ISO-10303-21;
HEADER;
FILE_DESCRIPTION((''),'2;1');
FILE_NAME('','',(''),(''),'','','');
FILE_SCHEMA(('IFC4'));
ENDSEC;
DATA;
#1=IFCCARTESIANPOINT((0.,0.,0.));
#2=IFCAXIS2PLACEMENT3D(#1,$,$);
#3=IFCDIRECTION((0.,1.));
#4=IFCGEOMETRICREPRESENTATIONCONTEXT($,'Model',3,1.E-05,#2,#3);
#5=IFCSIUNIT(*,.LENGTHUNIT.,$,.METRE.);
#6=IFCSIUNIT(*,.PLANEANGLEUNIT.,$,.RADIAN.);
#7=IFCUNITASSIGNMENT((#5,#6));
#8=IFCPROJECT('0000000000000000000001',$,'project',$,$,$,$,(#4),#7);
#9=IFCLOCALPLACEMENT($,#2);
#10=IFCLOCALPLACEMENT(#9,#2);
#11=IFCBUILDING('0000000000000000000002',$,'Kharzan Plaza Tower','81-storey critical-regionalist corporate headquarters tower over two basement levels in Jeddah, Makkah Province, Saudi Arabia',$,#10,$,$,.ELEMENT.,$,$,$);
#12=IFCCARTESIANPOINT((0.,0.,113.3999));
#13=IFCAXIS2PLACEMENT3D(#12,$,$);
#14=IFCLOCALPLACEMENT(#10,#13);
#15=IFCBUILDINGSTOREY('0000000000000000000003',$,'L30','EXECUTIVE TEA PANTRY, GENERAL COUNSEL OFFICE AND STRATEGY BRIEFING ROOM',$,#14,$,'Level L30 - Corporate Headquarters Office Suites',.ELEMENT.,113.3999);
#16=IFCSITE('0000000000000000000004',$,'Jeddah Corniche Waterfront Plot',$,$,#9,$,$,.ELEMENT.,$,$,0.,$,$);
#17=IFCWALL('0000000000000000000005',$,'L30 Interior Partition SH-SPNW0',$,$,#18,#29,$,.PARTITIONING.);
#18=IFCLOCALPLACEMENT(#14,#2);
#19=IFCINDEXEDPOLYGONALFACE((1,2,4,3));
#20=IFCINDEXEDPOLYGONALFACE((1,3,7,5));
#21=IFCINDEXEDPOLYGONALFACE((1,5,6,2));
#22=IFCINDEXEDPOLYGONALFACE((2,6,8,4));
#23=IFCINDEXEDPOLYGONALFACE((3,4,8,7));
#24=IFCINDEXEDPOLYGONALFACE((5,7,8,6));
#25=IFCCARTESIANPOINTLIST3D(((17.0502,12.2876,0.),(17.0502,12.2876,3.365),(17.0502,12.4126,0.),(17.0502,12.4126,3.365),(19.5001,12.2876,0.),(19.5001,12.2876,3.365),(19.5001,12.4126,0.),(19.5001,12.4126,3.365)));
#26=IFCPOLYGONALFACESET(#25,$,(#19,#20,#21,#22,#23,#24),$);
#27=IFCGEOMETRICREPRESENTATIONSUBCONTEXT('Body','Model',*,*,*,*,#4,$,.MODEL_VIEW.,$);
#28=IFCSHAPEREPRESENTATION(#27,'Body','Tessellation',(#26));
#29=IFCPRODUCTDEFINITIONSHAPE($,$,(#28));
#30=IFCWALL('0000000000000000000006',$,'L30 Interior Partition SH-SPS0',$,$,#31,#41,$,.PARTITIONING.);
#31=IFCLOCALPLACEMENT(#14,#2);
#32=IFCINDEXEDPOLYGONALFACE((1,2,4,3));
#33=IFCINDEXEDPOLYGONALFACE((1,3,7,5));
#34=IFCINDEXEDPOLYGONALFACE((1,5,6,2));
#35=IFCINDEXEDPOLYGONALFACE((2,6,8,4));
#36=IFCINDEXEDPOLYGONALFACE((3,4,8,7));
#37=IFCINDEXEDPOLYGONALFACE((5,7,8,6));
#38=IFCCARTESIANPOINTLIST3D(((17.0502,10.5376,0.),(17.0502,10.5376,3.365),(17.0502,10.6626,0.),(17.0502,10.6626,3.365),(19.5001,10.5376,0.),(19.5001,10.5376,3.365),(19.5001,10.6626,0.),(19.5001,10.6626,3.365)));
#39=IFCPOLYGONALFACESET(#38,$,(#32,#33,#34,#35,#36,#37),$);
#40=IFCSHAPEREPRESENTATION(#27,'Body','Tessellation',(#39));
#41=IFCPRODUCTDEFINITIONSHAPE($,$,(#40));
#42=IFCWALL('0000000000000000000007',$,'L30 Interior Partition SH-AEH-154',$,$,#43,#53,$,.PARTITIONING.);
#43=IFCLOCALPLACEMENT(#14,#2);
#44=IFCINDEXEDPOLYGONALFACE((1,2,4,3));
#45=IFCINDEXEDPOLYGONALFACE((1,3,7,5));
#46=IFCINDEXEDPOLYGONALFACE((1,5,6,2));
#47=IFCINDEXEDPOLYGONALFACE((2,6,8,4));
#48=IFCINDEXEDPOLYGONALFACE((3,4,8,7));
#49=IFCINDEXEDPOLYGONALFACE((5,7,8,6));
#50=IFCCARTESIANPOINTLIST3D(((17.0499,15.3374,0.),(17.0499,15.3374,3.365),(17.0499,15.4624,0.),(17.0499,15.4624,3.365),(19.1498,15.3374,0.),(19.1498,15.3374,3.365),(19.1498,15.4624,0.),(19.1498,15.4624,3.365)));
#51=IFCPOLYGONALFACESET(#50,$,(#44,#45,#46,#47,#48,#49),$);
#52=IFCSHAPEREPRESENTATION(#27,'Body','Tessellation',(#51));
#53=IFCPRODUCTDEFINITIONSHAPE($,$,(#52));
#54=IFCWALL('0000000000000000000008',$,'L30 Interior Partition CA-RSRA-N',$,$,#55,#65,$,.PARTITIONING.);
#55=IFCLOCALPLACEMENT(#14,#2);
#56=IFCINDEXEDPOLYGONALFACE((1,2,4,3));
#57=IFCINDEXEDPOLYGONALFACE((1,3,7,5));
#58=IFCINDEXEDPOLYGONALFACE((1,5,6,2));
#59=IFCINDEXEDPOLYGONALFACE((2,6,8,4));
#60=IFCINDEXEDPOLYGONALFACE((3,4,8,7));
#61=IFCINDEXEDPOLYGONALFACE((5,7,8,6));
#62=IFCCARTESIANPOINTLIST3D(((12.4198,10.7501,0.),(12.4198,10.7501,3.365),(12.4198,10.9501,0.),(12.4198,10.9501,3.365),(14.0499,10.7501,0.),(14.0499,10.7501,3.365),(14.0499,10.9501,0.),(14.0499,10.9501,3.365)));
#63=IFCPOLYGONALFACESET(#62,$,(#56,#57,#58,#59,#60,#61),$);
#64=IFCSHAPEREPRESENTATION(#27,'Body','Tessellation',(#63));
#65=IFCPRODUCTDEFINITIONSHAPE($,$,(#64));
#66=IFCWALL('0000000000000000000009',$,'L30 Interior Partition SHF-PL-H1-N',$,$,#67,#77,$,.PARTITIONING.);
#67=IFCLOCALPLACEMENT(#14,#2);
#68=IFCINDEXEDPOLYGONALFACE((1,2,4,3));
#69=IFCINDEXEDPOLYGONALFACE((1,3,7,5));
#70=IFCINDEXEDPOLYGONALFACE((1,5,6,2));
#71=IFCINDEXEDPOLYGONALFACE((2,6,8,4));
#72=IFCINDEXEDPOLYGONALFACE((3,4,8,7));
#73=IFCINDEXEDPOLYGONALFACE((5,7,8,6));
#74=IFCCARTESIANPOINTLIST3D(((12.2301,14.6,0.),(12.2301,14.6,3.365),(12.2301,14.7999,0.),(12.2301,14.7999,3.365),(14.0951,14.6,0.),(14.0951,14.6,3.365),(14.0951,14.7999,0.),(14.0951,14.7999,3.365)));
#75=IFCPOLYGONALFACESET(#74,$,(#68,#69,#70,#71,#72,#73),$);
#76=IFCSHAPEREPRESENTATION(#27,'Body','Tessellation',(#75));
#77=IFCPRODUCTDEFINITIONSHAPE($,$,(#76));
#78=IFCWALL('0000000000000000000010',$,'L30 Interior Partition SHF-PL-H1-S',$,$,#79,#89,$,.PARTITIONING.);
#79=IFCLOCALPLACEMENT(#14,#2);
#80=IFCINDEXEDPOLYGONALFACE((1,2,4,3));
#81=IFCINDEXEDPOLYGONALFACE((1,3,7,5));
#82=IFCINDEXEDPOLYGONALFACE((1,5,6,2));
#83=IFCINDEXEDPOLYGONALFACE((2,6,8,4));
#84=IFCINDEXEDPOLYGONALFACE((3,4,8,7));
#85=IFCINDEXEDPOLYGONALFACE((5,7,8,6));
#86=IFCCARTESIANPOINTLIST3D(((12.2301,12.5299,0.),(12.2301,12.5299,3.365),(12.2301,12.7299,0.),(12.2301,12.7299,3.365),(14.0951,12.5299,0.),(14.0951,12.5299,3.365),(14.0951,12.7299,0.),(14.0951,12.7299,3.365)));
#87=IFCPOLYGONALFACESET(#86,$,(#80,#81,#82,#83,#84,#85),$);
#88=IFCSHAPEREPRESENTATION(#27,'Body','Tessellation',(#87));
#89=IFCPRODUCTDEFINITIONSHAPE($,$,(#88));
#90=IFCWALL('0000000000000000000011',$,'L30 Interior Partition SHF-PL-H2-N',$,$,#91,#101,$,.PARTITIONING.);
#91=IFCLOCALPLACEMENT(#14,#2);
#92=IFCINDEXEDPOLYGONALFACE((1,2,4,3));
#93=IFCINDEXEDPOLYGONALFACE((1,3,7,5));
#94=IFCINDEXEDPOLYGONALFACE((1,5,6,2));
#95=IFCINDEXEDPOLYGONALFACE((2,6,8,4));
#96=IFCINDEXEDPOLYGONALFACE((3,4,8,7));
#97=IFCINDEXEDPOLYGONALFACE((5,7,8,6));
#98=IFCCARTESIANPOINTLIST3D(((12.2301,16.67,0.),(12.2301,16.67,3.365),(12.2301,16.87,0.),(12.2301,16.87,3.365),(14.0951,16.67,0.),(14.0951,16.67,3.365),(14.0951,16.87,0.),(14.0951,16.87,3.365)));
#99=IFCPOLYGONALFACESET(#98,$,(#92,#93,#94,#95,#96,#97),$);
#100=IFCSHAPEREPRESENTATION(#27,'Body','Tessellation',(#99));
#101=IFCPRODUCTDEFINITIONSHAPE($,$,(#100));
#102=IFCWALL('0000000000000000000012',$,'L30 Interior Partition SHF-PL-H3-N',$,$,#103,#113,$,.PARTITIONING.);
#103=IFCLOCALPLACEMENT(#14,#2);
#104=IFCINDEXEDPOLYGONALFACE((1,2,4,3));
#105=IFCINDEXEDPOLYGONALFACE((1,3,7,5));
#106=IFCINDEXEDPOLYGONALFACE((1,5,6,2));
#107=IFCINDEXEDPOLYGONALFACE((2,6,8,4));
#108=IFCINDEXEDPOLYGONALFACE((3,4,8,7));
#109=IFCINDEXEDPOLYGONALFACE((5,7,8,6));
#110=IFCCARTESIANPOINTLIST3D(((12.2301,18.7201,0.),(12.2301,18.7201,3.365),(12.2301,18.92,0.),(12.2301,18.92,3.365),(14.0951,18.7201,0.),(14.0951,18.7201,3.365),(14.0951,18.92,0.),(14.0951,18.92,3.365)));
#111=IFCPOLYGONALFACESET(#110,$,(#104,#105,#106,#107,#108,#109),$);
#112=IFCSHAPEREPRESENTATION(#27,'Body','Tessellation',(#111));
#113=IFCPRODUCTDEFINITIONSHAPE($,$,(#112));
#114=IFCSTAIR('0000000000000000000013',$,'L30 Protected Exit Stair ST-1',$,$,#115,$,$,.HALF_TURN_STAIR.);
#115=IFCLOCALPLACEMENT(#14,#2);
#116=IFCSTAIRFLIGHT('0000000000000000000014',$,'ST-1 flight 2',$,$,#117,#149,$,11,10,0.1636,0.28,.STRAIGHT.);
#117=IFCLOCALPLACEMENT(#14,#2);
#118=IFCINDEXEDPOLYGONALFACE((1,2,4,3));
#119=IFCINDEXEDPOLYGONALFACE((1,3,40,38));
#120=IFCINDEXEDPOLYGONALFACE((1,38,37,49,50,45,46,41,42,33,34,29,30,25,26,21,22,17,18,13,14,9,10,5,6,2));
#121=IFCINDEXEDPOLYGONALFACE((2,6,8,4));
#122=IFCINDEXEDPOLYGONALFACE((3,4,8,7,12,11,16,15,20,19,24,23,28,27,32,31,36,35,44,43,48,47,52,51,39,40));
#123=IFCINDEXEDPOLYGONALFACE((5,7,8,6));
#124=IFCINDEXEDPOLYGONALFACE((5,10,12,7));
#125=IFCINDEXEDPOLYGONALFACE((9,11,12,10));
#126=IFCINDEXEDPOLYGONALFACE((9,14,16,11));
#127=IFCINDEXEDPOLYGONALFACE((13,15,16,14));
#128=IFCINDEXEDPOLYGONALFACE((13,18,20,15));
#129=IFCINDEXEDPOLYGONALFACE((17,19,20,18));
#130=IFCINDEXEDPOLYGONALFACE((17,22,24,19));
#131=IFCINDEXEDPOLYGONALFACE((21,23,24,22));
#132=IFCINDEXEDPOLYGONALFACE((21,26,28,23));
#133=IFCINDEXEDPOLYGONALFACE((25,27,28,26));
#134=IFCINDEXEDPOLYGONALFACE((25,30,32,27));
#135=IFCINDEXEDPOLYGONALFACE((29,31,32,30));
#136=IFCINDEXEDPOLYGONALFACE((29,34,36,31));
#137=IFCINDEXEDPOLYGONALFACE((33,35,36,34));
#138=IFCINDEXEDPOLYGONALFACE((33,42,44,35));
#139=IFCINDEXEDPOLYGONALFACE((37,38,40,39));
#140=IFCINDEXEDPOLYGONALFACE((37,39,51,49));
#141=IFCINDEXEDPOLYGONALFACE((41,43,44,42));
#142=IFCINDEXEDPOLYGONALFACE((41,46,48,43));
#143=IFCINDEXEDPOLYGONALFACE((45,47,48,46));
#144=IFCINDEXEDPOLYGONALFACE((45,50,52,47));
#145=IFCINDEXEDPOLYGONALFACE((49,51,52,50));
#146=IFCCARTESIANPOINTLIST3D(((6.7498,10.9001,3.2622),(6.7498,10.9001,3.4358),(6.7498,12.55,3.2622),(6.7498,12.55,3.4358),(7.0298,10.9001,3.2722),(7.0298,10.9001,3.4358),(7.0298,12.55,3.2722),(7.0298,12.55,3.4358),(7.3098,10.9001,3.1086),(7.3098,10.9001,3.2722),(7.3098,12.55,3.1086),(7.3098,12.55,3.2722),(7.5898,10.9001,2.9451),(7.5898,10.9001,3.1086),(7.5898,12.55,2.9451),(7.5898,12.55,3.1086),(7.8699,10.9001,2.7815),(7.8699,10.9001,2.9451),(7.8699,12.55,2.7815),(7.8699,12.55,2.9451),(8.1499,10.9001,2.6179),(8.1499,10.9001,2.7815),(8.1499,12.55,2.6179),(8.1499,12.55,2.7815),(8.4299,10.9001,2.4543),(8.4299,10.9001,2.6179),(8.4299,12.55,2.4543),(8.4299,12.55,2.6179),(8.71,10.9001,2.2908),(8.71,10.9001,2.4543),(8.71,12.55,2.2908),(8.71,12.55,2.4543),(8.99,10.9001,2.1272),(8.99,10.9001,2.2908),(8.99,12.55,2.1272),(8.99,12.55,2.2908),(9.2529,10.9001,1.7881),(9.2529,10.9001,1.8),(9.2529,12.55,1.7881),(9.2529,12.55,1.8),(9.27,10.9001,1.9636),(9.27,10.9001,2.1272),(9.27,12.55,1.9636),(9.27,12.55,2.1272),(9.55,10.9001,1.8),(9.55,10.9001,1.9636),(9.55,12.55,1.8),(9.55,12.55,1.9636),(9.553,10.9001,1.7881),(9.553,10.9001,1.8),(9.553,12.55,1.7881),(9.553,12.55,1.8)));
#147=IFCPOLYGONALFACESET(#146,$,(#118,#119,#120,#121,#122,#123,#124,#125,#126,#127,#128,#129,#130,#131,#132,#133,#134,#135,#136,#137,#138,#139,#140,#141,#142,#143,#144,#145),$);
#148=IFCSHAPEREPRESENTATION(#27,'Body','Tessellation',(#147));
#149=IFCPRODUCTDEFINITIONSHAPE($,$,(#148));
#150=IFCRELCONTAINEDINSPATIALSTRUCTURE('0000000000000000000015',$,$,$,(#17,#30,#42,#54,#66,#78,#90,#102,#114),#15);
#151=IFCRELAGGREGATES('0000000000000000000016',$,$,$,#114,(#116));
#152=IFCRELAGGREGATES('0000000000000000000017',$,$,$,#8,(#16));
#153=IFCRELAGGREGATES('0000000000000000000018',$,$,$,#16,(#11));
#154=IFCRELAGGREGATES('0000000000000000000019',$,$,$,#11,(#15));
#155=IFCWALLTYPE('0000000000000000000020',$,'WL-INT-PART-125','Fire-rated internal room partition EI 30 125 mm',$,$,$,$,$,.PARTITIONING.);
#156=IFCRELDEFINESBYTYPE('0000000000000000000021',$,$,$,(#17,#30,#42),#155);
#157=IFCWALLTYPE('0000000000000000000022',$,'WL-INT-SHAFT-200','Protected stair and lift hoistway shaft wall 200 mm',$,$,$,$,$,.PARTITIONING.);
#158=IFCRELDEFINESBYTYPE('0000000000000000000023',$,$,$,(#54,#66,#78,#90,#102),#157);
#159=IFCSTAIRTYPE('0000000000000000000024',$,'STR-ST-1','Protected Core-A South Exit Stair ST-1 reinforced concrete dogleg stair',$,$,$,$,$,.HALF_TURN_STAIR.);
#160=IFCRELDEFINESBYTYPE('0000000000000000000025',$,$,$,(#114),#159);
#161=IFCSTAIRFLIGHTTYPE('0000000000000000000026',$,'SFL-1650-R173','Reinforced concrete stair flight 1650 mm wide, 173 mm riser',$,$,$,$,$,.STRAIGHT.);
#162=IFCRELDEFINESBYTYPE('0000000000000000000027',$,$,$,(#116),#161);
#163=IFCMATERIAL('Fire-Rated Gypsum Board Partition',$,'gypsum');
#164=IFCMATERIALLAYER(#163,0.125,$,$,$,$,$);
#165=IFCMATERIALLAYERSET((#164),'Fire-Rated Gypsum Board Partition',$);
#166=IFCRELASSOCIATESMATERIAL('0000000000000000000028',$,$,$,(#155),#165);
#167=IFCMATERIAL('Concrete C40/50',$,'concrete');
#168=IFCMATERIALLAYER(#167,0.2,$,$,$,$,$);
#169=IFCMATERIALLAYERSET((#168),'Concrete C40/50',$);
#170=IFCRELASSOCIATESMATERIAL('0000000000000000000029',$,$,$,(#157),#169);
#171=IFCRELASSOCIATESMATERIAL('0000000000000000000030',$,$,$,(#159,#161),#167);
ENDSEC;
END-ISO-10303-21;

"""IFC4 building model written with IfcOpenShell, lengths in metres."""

from ifc_helpers import new_model, si_unit, direction, frame, frame_2d, origin, place, context, subcontext, project, spatial, polyline, rectangle, outline, extrude, source, transform, mapped, material, layer, layer_set, type_object, element, aggregate, save


model = new_model("IFC4")

# Units and contexts
model_context = context("Model", 3, precision=1e-05, world=origin(), true_north=direction((0.0, 1.0)))
body_context = subcontext(model_context, "Body", "Model", "MODEL_VIEW")
ifc_project = project(units=[si_unit("LENGTHUNIT", "METRE"), si_unit("PLANEANGLEUNIT", "RADIAN")], contexts=[model_context])

# Site, building, storey
site_placement = place(None, origin())
site = spatial("IfcSite", under=ifc_project, at=site_placement, Name="Jeddah Corniche Waterfront Plot", CompositionType="ELEMENT", RefElevation=0.0)
building_placement = place(site_placement, origin())
building = spatial("IfcBuilding", under=site, at=building_placement, Name="Kharzan Plaza Tower", Description="81-storey critical-regionalist corporate headquarters tower over two basement levels in Jeddah, Makkah Province, Saudi Arabia", CompositionType="ELEMENT")
storey_placement = place(building_placement, frame((0.0, 0.0, 113.3999)))
storey = spatial("IfcBuildingStorey", under=building, at=storey_placement, Name="L30", Description="EXECUTIVE TEA PANTRY, GENERAL COUNSEL OFFICE AND STRATEGY BRIEFING ROOM", LongName="Level L30 - Corporate Headquarters Office Suites", CompositionType="ELEMENT", Elevation=113.3999)

# Shared definitions
ifc_material_1 = material(Name="Fire-Rated Gypsum Board Partition", Category="gypsum")
ifc_layer_1 = layer(ifc_material_1, 0.125)
ifc_layer_set_1 = layer_set([ifc_layer_1], Name="Fire-Rated Gypsum Board Partition")
wall_type_1 = type_object("IfcWallType", Name="WL-INT-PART-125", Description="Fire-rated internal room partition EI 30 125 mm", PredefinedType="PARTITIONING", material=ifc_layer_set_1)
ifc_material_2 = material(Name="Concrete C40/50", Category="concrete")
ifc_layer_2 = layer(ifc_material_2, 0.2)
ifc_layer_set_2 = layer_set([ifc_layer_2], Name="Concrete C40/50")
wall_type_2 = type_object("IfcWallType", Name="WL-INT-SHAFT-200", Description="Protected stair and lift hoistway shaft wall 200 mm", PredefinedType="PARTITIONING", material=ifc_layer_set_2)

# Walls
shared_shape_1 = source(origin(), body_context, "Body", "SweptSolid", [
    extrude(rectangle(XDim=2.45, YDim=0.125, at=frame_2d((1.2251, 0.0))), origin(), (0.0, 0.0, 1.0), 3.365),
])
for number, where, z_axis, x_axis, name in (
    (1, (17.05, 12.3501, 0.0), (0.0, 0.0, 1.0), (1.0, 0.0, 0.0), "L30 Interior Partition SH-SPNW0"),
    (2, (17.05, 10.6001, 0.0), (0.0, 0.0, 1.0), (1.0, 0.0, 0.0), "L30 Interior Partition SH-SPS0"),
):
    element("IfcWall", number, at=place(storey_placement, frame(where, z_axis=z_axis, x_axis=x_axis)), inside=storey, type_object=wall_type_1, Name=name, PredefinedType="PARTITIONING", context=body_context, shape_type="MappedRepresentation", body=[
        mapped(shared_shape_1, transform((0.0, 0.0, 0.0), x_axis=(1.0, 0.0, 0.0), y_axis=(0.0, 1.0, 0.0), z_axis=(0.0, 0.0, 1.0))),
    ])
shared_shape_2 = source(origin(), body_context, "Body", "SweptSolid", [
    extrude(rectangle(XDim=2.0999, YDim=0.125, at=frame_2d((1.0498, 0.0))), origin(), (0.0, 0.0, 1.0), 3.365),
])
wall_1_placement = place(storey_placement, frame((17.05, 15.3999, 0.0), z_axis=(0.0, 0.0, 1.0), x_axis=(1.0, 0.0, 0.0)))
element("IfcWall", 3, at=wall_1_placement, inside=storey, type_object=wall_type_1, Name="L30 Interior Partition SH-AEH-154", PredefinedType="PARTITIONING", context=body_context, shape_type="MappedRepresentation", body=[
    mapped(shared_shape_2, transform((0.0, 0.0, 0.0), x_axis=(1.0, 0.0, 0.0), y_axis=(0.0, 1.0, 0.0), z_axis=(0.0, 0.0, 1.0))),
])
shared_shape_3 = source(origin(), body_context, "Body", "SweptSolid", [
    extrude(rectangle(XDim=1.6301, YDim=0.2, at=frame_2d((0.8149, 0.0))), origin(), (0.0, 0.0, 1.0), 3.365),
])
wall_2_placement = place(storey_placement, frame((12.4199, 10.8501, 0.0), z_axis=(0.0, 0.0, 1.0), x_axis=(1.0, 0.0, 0.0)))
element("IfcWall", 4, at=wall_2_placement, inside=storey, type_object=wall_type_2, Name="L30 Interior Partition CA-RSRA-N", PredefinedType="PARTITIONING", context=body_context, shape_type="MappedRepresentation", body=[
    mapped(shared_shape_3, transform((0.0, 0.0, 0.0), x_axis=(1.0, 0.0, 0.0), y_axis=(0.0, 1.0, 0.0), z_axis=(0.0, 0.0, 1.0))),
])
shared_shape_4 = source(origin(), body_context, "Body", "SweptSolid", [
    extrude(rectangle(XDim=1.865, YDim=0.2, at=frame_2d((0.9326, 0.0))), origin(), (0.0, 0.0, 1.0), 3.365),
])
for number, where, z_axis, x_axis, name in (
    (5, (12.23, 14.7, 0.0), (0.0, 0.0, 1.0), (1.0, 0.0, 0.0), "L30 Interior Partition SHF-PL-H1-N"),
    (6, (12.23, 12.6299, 0.0), (0.0, 0.0, 1.0), (1.0, 0.0, 0.0), "L30 Interior Partition SHF-PL-H1-S"),
    (7, (12.23, 16.77, 0.0), (0.0, 0.0, 1.0), (1.0, 0.0, 0.0), "L30 Interior Partition SHF-PL-H2-N"),
    (8, (12.23, 18.8201, 0.0), (0.0, 0.0, 1.0), (1.0, 0.0, 0.0), "L30 Interior Partition SHF-PL-H3-N"),
):
    element("IfcWall", number, at=place(storey_placement, frame(where, z_axis=z_axis, x_axis=x_axis)), inside=storey, type_object=wall_type_2, Name=name, PredefinedType="PARTITIONING", context=body_context, shape_type="MappedRepresentation", body=[
        mapped(shared_shape_4, transform((0.0, 0.0, 0.0), x_axis=(1.0, 0.0, 0.0), y_axis=(0.0, 1.0, 0.0), z_axis=(0.0, 0.0, 1.0))),
    ])

# Stair, stair flight
stair_type = type_object("IfcStairType", Name="STR-ST-1", Description="Protected Core-A South Exit Stair ST-1 reinforced concrete dogleg stair", PredefinedType="HALF_TURN_STAIR", material=ifc_material_2)
stair_placement = place(storey_placement, origin())
stair = element("IfcStair", 9, at=stair_placement, inside=storey, type_object=stair_type, Name="L30 Protected Exit Stair ST-1", PredefinedType="HALF_TURN_STAIR")
stair_flight_type = type_object("IfcStairFlightType", Name="SFL-1650-R173", Description="Reinforced concrete stair flight 1650 mm wide, 173 mm riser", PredefinedType="STRAIGHT", material=ifc_material_2)
shared_shape_5 = source(origin(), body_context, "Body", "SweptSolid", [
    extrude(outline(polyline([(-0.0029, -0.012), (-0.0029, 0.0), (0.0, 0.0), (0.0, 0.1636), (0.28, 0.1636), (0.28, 0.3271), (0.5601, 0.3271), (0.5601, 0.4907), (0.8401, 0.4907), (0.8401, 0.6543), (1.1201, 0.6543), (1.1201, 0.8179), (1.4001, 0.8179), (1.4001, 0.9814), (1.6802, 0.9814), (1.6802, 1.145), (1.9602, 1.145), (1.9602, 1.3086), (2.2402, 1.3086), (2.2402, 1.4722), (2.5203, 1.4722), (2.5203, 1.6357), (2.8003, 1.6357), (2.8003, 1.7993), (2.8003, 1.4622), (0.2971, 0.0), (0.2971, -0.012), (-0.0029, -0.012)])), frame((0.0, 0.825, 0.0), z_axis=(0.0, -1.0, 0.0), x_axis=(1.0, 0.0, 0.0)), (0.0, 0.0, 1.0), 1.6499),
])
stair_flight_placement = place(storey_placement, frame((9.55, 11.7251, 1.8), z_axis=(0.0, 0.0, 1.0), x_axis=(-1.0, 0.0, 0.0)))
stair_flight = element("IfcStairFlight", 10, at=stair_flight_placement, type_object=stair_flight_type, Name="ST-1 flight 2", NumberOfRisers=11, NumberOfTreads=10, PredefinedType="STRAIGHT", RiserHeight=0.1636, TreadLength=0.28, context=body_context, shape_type="MappedRepresentation", body=[
    mapped(shared_shape_5, transform((0.0, 0.0, 0.0), x_axis=(1.0, 0.0, 0.0), y_axis=(0.0, 1.0, 0.0), z_axis=(0.0, 0.0, 1.0))),
])
aggregate(stair, [stair_flight])

save(model, "model.ifc")
